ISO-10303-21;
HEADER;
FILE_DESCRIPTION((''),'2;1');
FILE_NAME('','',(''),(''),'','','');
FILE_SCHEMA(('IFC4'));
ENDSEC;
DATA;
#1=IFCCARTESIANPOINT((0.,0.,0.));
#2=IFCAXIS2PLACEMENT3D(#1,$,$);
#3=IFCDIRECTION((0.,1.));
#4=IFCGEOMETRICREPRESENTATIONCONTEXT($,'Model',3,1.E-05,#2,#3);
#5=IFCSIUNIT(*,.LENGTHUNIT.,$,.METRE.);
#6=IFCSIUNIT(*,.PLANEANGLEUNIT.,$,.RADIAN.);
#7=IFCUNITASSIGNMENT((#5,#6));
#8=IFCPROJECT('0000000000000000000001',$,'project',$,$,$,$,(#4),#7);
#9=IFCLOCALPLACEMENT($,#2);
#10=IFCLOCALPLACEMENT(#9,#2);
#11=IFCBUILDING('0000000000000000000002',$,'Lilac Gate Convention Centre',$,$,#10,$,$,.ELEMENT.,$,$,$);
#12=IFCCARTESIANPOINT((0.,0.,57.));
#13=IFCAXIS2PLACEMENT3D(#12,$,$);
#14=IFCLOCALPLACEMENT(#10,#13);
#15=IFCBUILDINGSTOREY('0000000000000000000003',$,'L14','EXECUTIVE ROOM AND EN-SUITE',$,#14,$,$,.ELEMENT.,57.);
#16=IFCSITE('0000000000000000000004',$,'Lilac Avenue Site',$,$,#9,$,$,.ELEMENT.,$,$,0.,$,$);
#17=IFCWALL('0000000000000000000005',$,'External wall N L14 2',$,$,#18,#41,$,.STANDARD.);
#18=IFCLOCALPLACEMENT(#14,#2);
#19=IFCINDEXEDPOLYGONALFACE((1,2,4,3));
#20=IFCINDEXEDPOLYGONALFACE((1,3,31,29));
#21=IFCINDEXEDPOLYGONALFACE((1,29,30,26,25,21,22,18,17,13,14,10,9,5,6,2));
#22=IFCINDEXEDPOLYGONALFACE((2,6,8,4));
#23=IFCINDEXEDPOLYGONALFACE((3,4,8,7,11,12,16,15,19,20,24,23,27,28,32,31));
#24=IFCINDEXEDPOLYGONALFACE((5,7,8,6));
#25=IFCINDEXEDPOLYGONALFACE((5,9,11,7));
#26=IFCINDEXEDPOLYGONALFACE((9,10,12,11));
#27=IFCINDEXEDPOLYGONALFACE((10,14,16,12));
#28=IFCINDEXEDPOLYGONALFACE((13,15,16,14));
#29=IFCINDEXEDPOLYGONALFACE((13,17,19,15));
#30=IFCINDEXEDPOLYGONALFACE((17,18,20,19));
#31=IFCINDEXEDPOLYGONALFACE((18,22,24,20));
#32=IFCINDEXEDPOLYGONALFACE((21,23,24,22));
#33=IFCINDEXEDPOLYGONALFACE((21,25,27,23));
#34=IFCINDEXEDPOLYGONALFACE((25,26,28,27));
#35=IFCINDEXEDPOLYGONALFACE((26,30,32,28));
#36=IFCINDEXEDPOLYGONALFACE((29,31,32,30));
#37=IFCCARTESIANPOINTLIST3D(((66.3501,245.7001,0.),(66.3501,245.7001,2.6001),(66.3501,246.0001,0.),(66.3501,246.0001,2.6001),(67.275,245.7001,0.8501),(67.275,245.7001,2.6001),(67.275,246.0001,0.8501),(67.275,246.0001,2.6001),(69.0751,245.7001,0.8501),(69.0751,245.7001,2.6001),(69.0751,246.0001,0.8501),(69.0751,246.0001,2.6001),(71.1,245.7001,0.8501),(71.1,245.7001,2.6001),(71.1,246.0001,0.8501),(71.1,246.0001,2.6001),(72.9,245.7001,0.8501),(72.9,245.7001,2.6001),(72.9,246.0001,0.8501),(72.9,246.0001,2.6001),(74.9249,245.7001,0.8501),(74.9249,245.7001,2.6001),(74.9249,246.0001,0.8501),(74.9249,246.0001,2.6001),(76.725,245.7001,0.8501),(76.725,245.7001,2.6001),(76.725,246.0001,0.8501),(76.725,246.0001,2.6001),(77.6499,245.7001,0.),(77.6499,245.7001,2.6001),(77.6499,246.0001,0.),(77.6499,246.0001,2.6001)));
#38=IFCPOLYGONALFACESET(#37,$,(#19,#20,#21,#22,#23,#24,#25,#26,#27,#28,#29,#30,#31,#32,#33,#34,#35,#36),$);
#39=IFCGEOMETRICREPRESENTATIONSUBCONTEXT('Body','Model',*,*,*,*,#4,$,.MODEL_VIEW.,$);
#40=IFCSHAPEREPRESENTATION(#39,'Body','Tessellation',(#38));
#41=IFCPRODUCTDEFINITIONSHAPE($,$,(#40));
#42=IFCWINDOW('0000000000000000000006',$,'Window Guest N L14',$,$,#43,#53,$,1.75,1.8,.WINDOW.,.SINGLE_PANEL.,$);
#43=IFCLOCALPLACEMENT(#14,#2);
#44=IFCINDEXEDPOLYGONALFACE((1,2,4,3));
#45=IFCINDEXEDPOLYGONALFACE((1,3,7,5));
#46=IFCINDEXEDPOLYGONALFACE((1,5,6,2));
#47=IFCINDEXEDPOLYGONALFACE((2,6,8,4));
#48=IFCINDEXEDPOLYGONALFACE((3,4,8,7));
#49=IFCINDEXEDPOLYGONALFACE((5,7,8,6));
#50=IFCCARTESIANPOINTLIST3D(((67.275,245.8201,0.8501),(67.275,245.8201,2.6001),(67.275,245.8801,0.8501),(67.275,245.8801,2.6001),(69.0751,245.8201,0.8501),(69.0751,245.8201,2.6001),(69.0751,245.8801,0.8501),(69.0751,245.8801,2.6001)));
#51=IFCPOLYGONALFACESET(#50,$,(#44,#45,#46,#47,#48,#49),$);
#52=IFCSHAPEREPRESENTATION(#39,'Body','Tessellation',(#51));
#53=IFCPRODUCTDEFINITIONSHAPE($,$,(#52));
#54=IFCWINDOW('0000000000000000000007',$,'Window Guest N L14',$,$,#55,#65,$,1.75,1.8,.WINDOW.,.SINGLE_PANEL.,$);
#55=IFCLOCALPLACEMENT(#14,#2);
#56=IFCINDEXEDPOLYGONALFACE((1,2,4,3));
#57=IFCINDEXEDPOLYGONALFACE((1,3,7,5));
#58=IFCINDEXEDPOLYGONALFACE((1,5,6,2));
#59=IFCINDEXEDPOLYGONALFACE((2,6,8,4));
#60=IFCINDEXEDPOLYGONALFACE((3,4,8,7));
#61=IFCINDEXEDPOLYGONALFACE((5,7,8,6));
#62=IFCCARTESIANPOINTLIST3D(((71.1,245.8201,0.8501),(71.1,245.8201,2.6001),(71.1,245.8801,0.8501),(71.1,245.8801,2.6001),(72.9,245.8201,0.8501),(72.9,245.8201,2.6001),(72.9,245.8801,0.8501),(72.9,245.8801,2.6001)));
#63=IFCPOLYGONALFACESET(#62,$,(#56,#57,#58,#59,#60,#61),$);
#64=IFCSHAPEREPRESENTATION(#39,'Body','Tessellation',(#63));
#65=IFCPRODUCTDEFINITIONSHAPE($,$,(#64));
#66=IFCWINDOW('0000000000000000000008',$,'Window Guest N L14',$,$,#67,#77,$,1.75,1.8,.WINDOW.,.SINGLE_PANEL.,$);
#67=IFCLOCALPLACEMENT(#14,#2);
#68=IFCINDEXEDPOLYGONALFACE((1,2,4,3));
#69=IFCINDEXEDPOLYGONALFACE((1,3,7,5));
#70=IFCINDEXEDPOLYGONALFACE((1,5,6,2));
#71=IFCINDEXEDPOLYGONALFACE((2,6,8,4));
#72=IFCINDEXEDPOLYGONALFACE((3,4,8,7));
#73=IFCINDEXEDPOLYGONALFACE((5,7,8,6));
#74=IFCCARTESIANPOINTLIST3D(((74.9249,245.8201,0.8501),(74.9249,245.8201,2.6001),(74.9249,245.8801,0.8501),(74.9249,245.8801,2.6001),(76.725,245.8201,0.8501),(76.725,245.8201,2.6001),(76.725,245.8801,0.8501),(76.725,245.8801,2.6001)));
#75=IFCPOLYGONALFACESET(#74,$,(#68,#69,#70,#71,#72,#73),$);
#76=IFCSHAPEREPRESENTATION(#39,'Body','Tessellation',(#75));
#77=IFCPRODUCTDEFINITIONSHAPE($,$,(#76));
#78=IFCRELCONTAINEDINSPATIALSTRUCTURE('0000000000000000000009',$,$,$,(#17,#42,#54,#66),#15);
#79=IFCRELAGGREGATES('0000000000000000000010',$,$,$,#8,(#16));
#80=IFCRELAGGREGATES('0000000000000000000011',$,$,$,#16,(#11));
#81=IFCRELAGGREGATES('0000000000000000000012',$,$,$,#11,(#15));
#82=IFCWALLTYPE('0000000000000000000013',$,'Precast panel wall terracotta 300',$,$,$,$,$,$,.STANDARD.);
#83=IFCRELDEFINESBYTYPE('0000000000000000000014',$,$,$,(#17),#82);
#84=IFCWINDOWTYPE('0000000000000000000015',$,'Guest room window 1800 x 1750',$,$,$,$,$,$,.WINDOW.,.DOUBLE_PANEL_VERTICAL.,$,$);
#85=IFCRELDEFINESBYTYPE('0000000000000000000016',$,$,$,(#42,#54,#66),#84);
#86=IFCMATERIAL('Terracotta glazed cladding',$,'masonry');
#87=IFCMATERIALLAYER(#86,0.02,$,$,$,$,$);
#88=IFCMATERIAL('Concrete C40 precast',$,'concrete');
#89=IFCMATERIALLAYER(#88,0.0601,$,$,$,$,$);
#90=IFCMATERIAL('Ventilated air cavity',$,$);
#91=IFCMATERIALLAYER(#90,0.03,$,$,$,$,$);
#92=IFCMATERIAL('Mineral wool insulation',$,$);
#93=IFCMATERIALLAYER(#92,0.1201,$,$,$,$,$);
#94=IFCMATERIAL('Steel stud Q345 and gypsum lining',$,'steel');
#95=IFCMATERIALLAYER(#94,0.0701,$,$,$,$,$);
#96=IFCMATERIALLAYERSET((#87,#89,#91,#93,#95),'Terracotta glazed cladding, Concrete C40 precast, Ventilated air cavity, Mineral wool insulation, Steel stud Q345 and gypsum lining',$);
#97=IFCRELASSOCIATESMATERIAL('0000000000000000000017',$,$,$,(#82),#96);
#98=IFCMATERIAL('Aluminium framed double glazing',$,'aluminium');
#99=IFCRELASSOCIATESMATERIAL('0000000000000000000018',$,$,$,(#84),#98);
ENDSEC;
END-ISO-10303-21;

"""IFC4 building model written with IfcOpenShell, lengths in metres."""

from ifc_helpers import new_model, si_unit, direction, frame, frame_2d, origin, place, context, subcontext, project, spatial, rectangle, extrude, material, layer, layer_set, type_object, element, fill, save


model = new_model("IFC4")

# Units and contexts
model_context = context("Model", 3, precision=1e-05, world=origin(), true_north=direction((0.0, 1.0)))
body_context = subcontext(model_context, "Body", "Model", "MODEL_VIEW")
ifc_project = project(units=[si_unit("LENGTHUNIT", "METRE"), si_unit("PLANEANGLEUNIT", "RADIAN")], contexts=[model_context])

# Site, building, storey
site_placement = place(None, origin())
site = spatial("IfcSite", under=ifc_project, at=site_placement, Name="Lilac Avenue Site", CompositionType="ELEMENT", RefElevation=0.0)
building_placement = place(site_placement, origin())
building = spatial("IfcBuilding", under=site, at=building_placement, Name="Lilac Gate Convention Centre", CompositionType="ELEMENT")
storey_placement = place(building_placement, frame((0.0, 0.0, 57.0)))
storey = spatial("IfcBuildingStorey", under=building, at=storey_placement, Name="L14", Description="EXECUTIVE ROOM AND EN-SUITE", CompositionType="ELEMENT", Elevation=57.0)

# Shared definitions
ifc_material_1 = material(Name="Aluminium framed double glazing", Category="aluminium")

# Shared definitions
ifc_material_2 = material(Name="Concrete C40 precast", Category="concrete")

# Wall, openings, windows
ifc_material_3 = material(Name="Terracotta glazed cladding", Category="masonry")
ifc_layer_1 = layer(ifc_material_3, 0.02)
ifc_layer_2 = layer(ifc_material_2, 0.0601)
ifc_material_4 = material(Name="Ventilated air cavity")
ifc_layer_3 = layer(ifc_material_4, 0.03)
ifc_material_5 = material(Name="Mineral wool insulation")
ifc_layer_4 = layer(ifc_material_5, 0.1201)
ifc_material_6 = material(Name="Steel stud Q345 and gypsum lining", Category="steel")
ifc_layer_5 = layer(ifc_material_6, 0.0701)
ifc_layer_set_1 = layer_set([ifc_layer_1, ifc_layer_2, ifc_layer_3, ifc_layer_4, ifc_layer_5], Name="Terracotta glazed cladding, Concrete C40 precast, Ventilated air cavity, Mineral wool insulation, Steel stud Q345 and gypsum lining")
wall_type_1 = type_object("IfcWallType", Name="Precast panel wall terracotta 300", PredefinedType="STANDARD", material=ifc_layer_set_1)
window_type = type_object("IfcWindowType", Name="Guest room window 1800 x 1750", PartitioningType="DOUBLE_PANEL_VERTICAL", PredefinedType="WINDOW", material=ifc_material_1)
wall_1_placement = place(storey_placement, frame((77.6499, 245.8501, 0.0), z_axis=(0.0, 0.0, 1.0), x_axis=(-1.0, 0.0, 0.0)))
wall_1 = element("IfcWall", 1, at=wall_1_placement, inside=storey, type_object=wall_type_1, Name="External wall N L14 2", PredefinedType="STANDARD", context=body_context, shape_type="SweptSolid", body=[
    extrude(rectangle(XDim=11.2998, YDim=0.3, at=frame_2d((5.6499, 0.0))), origin(), (0.0, 0.0, 1.0), 2.6001),
])
opening_1_placement = place(wall_1_placement, frame((8.575, 0.0, 0.8501)))
opening_1 = element("IfcOpeningElement", 2, at=opening_1_placement, cuts=wall_1, PredefinedType="OPENING", context=body_context, shape_type="SweptSolid", body=[
    extrude(rectangle(XDim=1.8, YDim=1.75, at=frame_2d((0.8999, 0.875))), frame((0.0, 0.1599, 0.0), z_axis=(0.0, -1.0, 0.0), x_axis=(1.0, 0.0, 0.0)), (0.0, 0.0, 1.0), 0.3201),
])
opening_2_placement = place(wall_1_placement, frame((4.75, 0.0, 0.8501)))
opening_2 = element("IfcOpeningElement", 3, at=opening_2_placement, cuts=wall_1, PredefinedType="OPENING", context=body_context, shape_type="SweptSolid", body=[
    extrude(rectangle(XDim=1.8, YDim=1.75, at=frame_2d((0.8999, 0.875))), frame((0.0, 0.1599, 0.0), z_axis=(0.0, -1.0, 0.0), x_axis=(1.0, 0.0, 0.0)), (0.0, 0.0, 1.0), 0.3201),
])
opening_3_placement = place(wall_1_placement, frame((0.925, 0.0, 0.8501)))
opening_3 = element("IfcOpeningElement", 4, at=opening_3_placement, cuts=wall_1, PredefinedType="OPENING", context=body_context, shape_type="SweptSolid", body=[
    extrude(rectangle(XDim=1.8, YDim=1.75, at=frame_2d((0.8999, 0.875))), frame((0.0, 0.1599, 0.0), z_axis=(0.0, -1.0, 0.0), x_axis=(1.0, 0.0, 0.0)), (0.0, 0.0, 1.0), 0.3201),
])
window_1_placement = place(opening_1_placement, origin())
window_1 = element("IfcWindow", 5, at=window_1_placement, inside=storey, type_object=window_type, Name="Window Guest N L14", OverallHeight=1.75, OverallWidth=1.8, PartitioningType="SINGLE_PANEL", PredefinedType="WINDOW", context=body_context, shape_type="SweptSolid", body=[
    extrude(rectangle(XDim=1.8, YDim=1.75, at=frame_2d((0.8999, 0.875))), frame((0.0, 0.03, 0.0), z_axis=(0.0, -1.0, 0.0), x_axis=(1.0, 0.0, 0.0)), (0.0, 0.0, 1.0), 0.0601),
])
fill(opening_1, window_1)
window_2_placement = place(opening_2_placement, origin())
window_2 = element("IfcWindow", 6, at=window_2_placement, inside=storey, type_object=window_type, Name="Window Guest N L14", OverallHeight=1.75, OverallWidth=1.8, PartitioningType="SINGLE_PANEL", PredefinedType="WINDOW", context=body_context, shape_type="SweptSolid", body=[
    extrude(rectangle(XDim=1.8, YDim=1.75, at=frame_2d((0.8999, 0.875))), frame((0.0, 0.03, 0.0), z_axis=(0.0, -1.0, 0.0), x_axis=(1.0, 0.0, 0.0)), (0.0, 0.0, 1.0), 0.0601),
])
fill(opening_2, window_2)
window_3_placement = place(opening_3_placement, origin())
window_3 = element("IfcWindow", 7, at=window_3_placement, inside=storey, type_object=window_type, Name="Window Guest N L14", OverallHeight=1.75, OverallWidth=1.8, PartitioningType="SINGLE_PANEL", PredefinedType="WINDOW", context=body_context, shape_type="SweptSolid", body=[
    extrude(rectangle(XDim=1.8, YDim=1.75, at=frame_2d((0.8999, 0.875))), frame((0.0, 0.03, 0.0), z_axis=(0.0, -1.0, 0.0), x_axis=(1.0, 0.0, 0.0)), (0.0, 0.0, 1.0), 0.0601),
])
fill(opening_3, window_3)

save(model, "model.ifc")
